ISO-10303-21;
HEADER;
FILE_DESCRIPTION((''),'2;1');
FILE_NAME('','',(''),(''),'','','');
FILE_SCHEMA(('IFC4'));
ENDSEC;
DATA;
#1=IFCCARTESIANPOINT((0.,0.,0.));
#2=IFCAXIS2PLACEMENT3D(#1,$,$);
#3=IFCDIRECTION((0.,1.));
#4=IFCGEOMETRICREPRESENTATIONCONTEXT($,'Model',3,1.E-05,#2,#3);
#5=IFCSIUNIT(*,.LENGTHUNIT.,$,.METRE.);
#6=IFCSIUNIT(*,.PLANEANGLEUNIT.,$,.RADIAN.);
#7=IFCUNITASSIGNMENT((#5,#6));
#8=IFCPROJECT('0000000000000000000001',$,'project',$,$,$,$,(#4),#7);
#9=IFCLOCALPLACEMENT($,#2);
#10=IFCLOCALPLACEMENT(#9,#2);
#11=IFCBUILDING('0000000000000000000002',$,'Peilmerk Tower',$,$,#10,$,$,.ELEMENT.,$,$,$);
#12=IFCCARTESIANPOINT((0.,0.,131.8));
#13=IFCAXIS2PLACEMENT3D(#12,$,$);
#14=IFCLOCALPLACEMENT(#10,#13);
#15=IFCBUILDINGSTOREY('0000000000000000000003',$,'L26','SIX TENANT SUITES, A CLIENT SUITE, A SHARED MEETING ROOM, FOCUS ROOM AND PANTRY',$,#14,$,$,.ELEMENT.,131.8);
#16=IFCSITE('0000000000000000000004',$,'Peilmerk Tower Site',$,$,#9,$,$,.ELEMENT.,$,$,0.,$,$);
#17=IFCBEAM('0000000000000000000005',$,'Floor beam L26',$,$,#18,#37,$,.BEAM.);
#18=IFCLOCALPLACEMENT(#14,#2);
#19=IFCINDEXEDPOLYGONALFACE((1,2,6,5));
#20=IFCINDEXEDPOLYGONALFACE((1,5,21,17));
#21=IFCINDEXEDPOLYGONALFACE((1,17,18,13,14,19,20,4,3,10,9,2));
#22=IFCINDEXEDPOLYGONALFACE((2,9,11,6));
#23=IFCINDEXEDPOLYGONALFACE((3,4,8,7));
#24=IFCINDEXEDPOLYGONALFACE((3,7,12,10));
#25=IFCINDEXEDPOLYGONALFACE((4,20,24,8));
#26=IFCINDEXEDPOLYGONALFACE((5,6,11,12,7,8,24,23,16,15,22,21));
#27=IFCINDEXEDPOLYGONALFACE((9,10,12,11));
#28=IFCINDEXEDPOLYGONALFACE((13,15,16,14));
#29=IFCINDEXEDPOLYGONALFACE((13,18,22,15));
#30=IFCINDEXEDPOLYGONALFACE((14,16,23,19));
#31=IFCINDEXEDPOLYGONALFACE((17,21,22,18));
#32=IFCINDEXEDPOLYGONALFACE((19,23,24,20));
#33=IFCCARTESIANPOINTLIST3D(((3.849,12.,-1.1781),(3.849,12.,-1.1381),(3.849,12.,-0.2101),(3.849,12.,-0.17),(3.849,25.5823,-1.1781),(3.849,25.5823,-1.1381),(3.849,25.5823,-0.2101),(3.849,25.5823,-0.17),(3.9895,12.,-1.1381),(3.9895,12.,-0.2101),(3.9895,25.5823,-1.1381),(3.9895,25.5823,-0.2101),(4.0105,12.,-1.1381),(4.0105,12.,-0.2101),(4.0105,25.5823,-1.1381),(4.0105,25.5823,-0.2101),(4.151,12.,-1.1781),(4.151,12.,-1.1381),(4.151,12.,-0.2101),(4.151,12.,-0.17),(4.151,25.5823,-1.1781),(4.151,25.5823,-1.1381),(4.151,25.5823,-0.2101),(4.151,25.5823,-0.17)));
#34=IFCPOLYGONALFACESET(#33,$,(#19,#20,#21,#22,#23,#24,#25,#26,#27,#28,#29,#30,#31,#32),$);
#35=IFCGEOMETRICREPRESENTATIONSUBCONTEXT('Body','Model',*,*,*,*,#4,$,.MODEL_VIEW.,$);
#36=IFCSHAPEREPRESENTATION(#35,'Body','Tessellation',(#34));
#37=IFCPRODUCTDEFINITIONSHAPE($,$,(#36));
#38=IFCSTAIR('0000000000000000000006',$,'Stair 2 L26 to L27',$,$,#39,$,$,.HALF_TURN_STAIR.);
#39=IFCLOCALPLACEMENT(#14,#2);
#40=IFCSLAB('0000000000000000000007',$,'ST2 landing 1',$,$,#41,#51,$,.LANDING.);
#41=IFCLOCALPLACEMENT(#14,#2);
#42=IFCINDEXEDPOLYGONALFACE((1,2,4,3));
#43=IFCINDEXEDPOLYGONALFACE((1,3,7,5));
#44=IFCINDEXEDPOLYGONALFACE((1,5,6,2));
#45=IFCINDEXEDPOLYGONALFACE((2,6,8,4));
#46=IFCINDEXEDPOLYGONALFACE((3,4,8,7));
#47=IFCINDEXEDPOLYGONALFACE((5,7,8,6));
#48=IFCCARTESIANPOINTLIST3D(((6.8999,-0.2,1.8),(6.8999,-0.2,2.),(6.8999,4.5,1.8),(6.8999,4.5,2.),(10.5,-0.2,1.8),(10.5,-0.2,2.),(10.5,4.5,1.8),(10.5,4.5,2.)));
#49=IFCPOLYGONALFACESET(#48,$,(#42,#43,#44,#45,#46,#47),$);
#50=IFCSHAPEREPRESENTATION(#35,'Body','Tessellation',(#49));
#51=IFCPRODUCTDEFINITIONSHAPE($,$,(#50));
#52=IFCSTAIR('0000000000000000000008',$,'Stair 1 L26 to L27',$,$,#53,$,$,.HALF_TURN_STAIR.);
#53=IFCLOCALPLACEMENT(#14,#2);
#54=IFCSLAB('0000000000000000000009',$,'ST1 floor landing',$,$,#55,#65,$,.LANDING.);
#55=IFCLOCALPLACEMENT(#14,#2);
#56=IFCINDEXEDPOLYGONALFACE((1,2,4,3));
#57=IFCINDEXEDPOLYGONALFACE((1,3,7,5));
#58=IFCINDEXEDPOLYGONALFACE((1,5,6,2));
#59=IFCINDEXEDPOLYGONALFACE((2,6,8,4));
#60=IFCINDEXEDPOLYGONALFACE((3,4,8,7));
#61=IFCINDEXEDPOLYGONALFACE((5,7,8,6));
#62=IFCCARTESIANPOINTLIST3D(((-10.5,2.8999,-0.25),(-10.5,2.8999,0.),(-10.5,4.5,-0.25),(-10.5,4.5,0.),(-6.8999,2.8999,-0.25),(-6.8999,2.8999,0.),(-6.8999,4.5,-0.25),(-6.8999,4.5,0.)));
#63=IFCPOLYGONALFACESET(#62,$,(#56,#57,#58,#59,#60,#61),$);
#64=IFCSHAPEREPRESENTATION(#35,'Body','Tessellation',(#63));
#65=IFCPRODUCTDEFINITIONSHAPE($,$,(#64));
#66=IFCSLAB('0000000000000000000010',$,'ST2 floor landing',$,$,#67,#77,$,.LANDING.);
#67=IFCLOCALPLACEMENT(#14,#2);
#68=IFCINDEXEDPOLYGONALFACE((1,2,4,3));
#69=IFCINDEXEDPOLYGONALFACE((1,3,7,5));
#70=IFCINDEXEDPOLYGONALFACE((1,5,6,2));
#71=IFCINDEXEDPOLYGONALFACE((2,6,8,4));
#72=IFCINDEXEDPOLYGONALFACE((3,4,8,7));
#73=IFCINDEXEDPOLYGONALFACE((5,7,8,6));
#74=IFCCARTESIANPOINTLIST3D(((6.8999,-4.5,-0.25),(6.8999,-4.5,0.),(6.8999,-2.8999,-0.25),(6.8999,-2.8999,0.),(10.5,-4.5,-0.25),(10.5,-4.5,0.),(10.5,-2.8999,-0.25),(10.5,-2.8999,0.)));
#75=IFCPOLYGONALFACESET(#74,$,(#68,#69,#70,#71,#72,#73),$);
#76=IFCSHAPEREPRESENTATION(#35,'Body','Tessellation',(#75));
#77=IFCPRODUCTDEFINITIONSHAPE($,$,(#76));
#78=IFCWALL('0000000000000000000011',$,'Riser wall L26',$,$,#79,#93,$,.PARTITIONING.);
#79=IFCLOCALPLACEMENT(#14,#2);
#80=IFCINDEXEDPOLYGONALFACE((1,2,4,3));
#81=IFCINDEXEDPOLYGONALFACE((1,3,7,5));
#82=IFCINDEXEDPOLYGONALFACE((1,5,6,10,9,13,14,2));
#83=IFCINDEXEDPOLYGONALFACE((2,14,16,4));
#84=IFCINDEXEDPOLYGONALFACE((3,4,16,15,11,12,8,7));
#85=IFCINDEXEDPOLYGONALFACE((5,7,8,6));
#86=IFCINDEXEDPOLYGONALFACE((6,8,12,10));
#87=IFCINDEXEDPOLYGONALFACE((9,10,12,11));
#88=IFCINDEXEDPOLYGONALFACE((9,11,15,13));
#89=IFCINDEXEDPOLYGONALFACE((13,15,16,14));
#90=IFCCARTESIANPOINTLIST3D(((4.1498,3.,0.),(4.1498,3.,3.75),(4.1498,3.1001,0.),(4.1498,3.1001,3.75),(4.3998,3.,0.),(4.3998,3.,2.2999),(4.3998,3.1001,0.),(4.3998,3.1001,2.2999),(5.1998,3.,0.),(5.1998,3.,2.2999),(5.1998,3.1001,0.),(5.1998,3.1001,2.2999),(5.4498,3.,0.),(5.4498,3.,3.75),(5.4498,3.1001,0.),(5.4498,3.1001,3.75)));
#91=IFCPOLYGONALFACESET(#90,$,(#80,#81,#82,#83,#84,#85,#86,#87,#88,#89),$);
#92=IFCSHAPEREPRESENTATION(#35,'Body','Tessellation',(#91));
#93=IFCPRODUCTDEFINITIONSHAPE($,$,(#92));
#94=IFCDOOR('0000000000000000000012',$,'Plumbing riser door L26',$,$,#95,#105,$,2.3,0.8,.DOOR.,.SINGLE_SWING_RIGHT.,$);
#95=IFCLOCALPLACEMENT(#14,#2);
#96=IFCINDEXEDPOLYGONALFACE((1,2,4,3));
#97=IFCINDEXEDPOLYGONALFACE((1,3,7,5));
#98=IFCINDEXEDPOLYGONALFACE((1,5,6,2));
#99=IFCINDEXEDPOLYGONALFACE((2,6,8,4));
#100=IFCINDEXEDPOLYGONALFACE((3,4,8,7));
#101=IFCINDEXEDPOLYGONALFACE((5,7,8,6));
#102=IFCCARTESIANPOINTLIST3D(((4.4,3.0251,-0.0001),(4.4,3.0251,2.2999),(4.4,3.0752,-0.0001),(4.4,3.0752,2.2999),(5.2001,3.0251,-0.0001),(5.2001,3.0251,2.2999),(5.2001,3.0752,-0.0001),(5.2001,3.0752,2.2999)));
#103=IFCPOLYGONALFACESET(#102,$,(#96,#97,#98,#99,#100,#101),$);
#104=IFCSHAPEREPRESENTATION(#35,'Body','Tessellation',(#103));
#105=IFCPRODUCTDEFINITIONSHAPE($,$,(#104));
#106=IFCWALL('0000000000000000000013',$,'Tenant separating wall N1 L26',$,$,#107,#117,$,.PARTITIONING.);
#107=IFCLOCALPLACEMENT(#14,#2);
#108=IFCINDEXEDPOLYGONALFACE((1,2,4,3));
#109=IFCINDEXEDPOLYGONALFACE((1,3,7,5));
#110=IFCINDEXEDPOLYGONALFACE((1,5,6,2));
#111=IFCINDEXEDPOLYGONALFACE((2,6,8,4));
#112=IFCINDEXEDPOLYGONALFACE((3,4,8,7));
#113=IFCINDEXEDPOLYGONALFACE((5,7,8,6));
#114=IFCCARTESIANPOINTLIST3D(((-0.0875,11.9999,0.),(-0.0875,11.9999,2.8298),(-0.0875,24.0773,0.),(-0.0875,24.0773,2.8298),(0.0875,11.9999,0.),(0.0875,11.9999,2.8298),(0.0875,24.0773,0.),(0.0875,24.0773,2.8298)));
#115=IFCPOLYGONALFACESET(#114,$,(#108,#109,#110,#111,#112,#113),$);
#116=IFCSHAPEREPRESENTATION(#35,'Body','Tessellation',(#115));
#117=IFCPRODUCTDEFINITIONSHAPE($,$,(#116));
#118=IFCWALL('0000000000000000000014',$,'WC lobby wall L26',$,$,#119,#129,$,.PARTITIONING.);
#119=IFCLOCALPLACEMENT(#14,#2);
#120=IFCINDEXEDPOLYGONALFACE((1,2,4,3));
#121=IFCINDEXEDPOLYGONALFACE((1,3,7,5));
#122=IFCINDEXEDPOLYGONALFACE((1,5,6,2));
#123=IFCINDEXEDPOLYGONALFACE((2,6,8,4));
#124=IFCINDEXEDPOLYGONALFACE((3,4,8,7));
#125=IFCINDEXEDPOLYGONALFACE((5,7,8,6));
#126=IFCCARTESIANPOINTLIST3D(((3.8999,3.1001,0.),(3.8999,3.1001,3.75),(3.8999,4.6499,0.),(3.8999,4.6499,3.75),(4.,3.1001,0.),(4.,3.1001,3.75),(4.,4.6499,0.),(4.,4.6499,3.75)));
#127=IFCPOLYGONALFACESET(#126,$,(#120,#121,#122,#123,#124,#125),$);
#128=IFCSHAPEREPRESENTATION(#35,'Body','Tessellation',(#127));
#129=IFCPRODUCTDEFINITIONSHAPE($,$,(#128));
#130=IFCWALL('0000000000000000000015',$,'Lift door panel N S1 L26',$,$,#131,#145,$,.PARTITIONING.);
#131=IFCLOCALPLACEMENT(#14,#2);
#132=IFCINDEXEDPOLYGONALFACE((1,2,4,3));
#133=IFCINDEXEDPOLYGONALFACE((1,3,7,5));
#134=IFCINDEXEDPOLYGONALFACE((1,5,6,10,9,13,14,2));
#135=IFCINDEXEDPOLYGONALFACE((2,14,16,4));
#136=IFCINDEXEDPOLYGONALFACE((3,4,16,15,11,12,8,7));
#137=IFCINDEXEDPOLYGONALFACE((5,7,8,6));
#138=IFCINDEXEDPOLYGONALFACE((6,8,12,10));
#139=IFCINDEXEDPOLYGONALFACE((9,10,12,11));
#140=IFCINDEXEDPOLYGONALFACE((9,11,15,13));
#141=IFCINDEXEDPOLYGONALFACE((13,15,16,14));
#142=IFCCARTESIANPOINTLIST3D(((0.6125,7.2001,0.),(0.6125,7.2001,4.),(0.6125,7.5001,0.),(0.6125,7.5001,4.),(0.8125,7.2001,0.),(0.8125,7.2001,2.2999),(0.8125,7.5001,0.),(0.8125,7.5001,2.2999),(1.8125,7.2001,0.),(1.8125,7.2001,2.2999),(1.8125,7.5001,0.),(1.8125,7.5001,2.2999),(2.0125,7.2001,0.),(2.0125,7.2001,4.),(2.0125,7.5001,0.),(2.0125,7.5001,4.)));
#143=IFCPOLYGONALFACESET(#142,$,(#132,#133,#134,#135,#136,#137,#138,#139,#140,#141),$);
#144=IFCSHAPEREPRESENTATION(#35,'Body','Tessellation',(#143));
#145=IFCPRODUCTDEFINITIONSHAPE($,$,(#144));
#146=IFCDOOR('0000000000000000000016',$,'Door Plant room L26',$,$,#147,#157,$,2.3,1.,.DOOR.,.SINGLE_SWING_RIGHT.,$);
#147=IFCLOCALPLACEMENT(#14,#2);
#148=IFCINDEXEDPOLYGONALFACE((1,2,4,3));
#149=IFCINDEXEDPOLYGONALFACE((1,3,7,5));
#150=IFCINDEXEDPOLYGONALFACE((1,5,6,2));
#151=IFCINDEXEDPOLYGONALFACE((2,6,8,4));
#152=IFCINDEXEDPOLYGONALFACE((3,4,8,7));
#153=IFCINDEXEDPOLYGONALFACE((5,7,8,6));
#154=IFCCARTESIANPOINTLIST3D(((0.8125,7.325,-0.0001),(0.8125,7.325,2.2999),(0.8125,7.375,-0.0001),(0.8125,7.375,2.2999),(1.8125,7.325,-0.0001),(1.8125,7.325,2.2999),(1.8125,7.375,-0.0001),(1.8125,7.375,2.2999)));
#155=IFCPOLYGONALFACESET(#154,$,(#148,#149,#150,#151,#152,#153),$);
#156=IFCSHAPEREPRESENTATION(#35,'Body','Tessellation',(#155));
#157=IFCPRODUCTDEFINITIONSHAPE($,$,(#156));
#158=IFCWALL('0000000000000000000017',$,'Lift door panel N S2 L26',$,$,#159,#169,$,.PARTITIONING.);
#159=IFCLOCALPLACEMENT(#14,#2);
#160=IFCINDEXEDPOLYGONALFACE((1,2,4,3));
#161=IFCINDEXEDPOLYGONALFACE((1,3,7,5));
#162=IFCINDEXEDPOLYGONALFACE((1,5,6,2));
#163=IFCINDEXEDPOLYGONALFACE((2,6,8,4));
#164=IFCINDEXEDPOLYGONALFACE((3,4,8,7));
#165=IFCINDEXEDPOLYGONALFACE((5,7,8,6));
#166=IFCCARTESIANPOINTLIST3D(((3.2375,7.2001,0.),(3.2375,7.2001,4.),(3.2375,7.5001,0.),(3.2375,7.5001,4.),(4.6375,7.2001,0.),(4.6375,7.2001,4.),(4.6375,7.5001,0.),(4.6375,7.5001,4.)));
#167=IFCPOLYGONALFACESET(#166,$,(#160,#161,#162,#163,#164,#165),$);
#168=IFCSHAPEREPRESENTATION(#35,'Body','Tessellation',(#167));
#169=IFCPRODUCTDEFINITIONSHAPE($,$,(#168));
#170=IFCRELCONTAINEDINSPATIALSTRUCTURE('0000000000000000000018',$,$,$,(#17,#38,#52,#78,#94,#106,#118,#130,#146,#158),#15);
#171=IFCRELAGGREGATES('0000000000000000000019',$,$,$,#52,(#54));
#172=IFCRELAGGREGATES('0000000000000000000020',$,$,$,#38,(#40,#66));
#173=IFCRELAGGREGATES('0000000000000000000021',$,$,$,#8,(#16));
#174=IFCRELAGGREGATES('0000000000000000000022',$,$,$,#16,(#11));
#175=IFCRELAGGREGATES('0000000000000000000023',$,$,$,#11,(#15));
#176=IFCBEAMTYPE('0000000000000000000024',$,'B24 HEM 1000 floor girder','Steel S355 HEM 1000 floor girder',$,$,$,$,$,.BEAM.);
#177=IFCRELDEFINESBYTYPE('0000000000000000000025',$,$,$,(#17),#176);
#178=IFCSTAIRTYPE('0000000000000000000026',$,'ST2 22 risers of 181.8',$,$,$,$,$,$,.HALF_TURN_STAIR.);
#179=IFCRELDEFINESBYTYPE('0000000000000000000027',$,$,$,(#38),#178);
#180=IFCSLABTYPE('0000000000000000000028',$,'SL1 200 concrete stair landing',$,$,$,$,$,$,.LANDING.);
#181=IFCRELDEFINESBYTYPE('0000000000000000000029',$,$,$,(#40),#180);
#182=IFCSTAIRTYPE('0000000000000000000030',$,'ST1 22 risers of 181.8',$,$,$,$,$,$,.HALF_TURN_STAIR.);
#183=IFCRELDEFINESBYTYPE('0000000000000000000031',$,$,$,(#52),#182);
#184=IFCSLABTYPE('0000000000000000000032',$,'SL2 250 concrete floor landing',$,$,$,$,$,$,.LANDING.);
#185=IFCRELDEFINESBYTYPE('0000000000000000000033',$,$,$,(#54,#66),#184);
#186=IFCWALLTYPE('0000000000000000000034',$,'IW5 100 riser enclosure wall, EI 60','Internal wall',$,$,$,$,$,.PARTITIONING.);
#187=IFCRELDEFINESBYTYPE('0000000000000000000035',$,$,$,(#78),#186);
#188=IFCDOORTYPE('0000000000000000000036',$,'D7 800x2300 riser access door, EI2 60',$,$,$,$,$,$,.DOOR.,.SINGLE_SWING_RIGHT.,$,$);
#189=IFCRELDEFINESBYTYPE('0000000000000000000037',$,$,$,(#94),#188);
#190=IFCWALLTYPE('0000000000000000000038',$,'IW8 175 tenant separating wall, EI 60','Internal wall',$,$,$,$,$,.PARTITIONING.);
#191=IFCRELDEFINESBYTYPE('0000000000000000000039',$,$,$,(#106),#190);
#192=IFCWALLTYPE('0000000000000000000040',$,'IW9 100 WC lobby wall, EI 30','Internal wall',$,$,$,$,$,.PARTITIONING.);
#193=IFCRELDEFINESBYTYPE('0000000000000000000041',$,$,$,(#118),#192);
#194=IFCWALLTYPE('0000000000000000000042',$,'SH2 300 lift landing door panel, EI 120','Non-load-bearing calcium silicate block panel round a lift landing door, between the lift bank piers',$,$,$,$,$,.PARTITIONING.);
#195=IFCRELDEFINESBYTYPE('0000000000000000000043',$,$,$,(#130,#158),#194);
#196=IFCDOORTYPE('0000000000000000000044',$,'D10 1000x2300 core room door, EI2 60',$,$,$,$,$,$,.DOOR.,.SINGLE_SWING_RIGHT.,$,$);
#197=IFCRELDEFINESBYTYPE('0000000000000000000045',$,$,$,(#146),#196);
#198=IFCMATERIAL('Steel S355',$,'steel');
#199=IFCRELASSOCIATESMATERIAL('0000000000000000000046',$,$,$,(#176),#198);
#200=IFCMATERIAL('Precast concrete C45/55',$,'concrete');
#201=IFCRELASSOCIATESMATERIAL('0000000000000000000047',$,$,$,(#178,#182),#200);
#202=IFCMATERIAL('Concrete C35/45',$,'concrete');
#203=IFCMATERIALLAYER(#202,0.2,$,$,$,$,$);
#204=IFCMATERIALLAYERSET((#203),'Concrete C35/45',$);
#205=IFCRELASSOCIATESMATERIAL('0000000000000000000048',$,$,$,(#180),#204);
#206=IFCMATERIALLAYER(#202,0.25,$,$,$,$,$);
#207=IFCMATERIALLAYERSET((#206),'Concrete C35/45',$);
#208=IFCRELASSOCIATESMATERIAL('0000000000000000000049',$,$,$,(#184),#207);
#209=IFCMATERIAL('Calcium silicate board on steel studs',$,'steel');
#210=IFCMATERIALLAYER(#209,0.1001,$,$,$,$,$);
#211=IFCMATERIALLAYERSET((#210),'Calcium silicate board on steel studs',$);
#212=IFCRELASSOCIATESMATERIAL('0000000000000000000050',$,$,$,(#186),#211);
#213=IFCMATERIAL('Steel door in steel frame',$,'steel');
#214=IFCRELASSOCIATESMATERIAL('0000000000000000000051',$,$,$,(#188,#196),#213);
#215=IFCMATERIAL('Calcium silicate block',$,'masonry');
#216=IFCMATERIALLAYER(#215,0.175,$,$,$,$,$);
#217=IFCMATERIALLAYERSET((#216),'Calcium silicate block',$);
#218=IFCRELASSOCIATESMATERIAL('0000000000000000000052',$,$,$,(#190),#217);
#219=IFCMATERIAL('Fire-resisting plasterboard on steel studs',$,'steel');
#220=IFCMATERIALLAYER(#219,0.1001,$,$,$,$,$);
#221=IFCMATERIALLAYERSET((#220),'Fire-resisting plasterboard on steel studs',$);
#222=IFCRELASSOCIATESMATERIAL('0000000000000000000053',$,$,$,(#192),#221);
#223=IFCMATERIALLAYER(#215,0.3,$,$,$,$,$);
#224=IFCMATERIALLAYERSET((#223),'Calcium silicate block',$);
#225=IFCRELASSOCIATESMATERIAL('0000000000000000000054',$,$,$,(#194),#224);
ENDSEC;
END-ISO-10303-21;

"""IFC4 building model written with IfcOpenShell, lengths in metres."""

from ifc_helpers import new_model, si_unit, direction, frame, frame_2d, origin, origin_2d, place, context, subcontext, project, spatial, polyline, rectangle, i_section, outline, extrude, material, layer, layer_set, material_profile, profile_set, type_object, element, fill, aggregate, save


model = new_model("IFC4")

# Units and contexts
model_context = context("Model", 3, precision=1e-05, world=origin(), true_north=direction((0.0, 1.0)))
body_context = subcontext(model_context, "Body", "Model", "MODEL_VIEW")
ifc_project = project(units=[si_unit("LENGTHUNIT", "METRE"), si_unit("PLANEANGLEUNIT", "RADIAN")], contexts=[model_context])

# Site, building, storey
site_placement = place(None, origin())
site = spatial("IfcSite", under=ifc_project, at=site_placement, Name="Peilmerk Tower Site", CompositionType="ELEMENT", RefElevation=0.0)
building_placement = place(site_placement, origin())
building = spatial("IfcBuilding", under=site, at=building_placement, Name="Peilmerk Tower", CompositionType="ELEMENT")
storey_placement = place(building_placement, frame((0.0, 0.0, 131.8)))
storey = spatial("IfcBuildingStorey", under=building, at=storey_placement, Name="L26", Description="SIX TENANT SUITES, A CLIENT SUITE, A SHARED MEETING ROOM, FOCUS ROOM AND PANTRY", CompositionType="ELEMENT", Elevation=131.8)

# Beam
ifc_material_1 = material(Name="Steel S355", Category="steel")
ifc_material_profile = material_profile(ifc_material_1, i_section(OverallWidth=0.302, OverallDepth=1.0081, WebThickness=0.021, FlangeThickness=0.04, at=origin_2d()), Name="HEM 1000")
ifc_profile_set = profile_set([ifc_material_profile], Name="Steel S355")
beam_type = type_object("IfcBeamType", Name="B24 HEM 1000 floor girder", Description="Steel S355 HEM 1000 floor girder", PredefinedType="BEAM", material=ifc_profile_set)
beam_placement = place(storey_placement, frame((4.0, 12.0, -0.6741), z_axis=(0.0, 1.0, 0.0), x_axis=(-1.0, 0.0, 0.0)))
element("IfcBeam", 1, at=beam_placement, inside=storey, type_object=beam_type, Name="Floor beam L26", PredefinedType="BEAM", context=body_context, shape_type="SweptSolid", body=[
    extrude(i_section(OverallWidth=0.302, OverallDepth=1.0081, WebThickness=0.021, FlangeThickness=0.04, at=origin_2d()), origin(), (0.0, 0.0, 1.0), 13.5823),
])

# Stairs, slabs
ifc_material_2 = material(Name="Precast concrete C45/55", Category="concrete")
stair_type_1 = type_object("IfcStairType", Name="ST2 22 risers of 181.8", PredefinedType="HALF_TURN_STAIR", material=ifc_material_2)
stair_1_placement = place(storey_placement, origin())
stair_1 = element("IfcStair", 2, at=stair_1_placement, inside=storey, type_object=stair_type_1, Name="Stair 2 L26 to L27", PredefinedType="HALF_TURN_STAIR")
ifc_material_3 = material(Name="Concrete C35/45", Category="concrete")
ifc_layer_1 = layer(ifc_material_3, 0.2)
ifc_layer_set_1 = layer_set([ifc_layer_1], Name="Concrete C35/45")
slab_type_1 = type_object("IfcSlabType", Name="SL1 200 concrete stair landing", PredefinedType="LANDING", material=ifc_layer_set_1)
slab_1_placement = place(storey_placement, frame((0.0, 0.0, 1.8)))
slab_1 = element("IfcSlab", 3, at=slab_1_placement, type_object=slab_type_1, Name="ST2 landing 1", PredefinedType="LANDING", context=body_context, shape_type="SweptSolid", body=[
    extrude(outline(polyline([(6.8999, -0.2), (10.5, -0.2), (10.5, 4.5), (6.8999, 4.5), (6.8999, -0.2)])), origin(), (0.0, 0.0, 1.0), 0.2),
])
stair_type_2 = type_object("IfcStairType", Name="ST1 22 risers of 181.8", PredefinedType="HALF_TURN_STAIR", material=ifc_material_2)
stair_2_placement = place(storey_placement, origin())
stair_2 = element("IfcStair", 4, at=stair_2_placement, inside=storey, type_object=stair_type_2, Name="Stair 1 L26 to L27", PredefinedType="HALF_TURN_STAIR")
ifc_layer_2 = layer(ifc_material_3, 0.25)
ifc_layer_set_2 = layer_set([ifc_layer_2], Name="Concrete C35/45")
slab_type_2 = type_object("IfcSlabType", Name="SL2 250 concrete floor landing", PredefinedType="LANDING", material=ifc_layer_set_2)
slab_2_placement = place(storey_placement, frame((0.0, 0.0, -0.25)))
slab_2 = element("IfcSlab", 5, at=slab_2_placement, type_object=slab_type_2, Name="ST1 floor landing", PredefinedType="LANDING", context=body_context, shape_type="SweptSolid", body=[
    extrude(outline(polyline([(-10.5, 2.8999), (-6.8999, 2.8999), (-6.8999, 4.5), (-10.5, 4.5), (-10.5, 2.8999)])), origin(), (0.0, 0.0, 1.0), 0.25),
])
aggregate(stair_2, [slab_2])

# Slab
slab_3_placement = place(storey_placement, frame((0.0, 0.0, -0.25)))
slab_3 = element("IfcSlab", 6, at=slab_3_placement, type_object=slab_type_2, Name="ST2 floor landing", PredefinedType="LANDING", context=body_context, shape_type="SweptSolid", body=[
    extrude(outline(polyline([(6.8999, -4.5), (10.5, -4.5), (10.5, -2.8999), (6.8999, -2.8999), (6.8999, -4.5)])), origin(), (0.0, 0.0, 1.0), 0.25),
])
aggregate(stair_1, [slab_1, slab_3])

# Wall, opening, door
ifc_material_4 = material(Name="Calcium silicate board on steel studs", Category="steel")
ifc_layer_3 = layer(ifc_material_4, 0.1001)
ifc_layer_set_3 = layer_set([ifc_layer_3], Name="Calcium silicate board on steel studs")
wall_type_1 = type_object("IfcWallType", Name="IW5 100 riser enclosure wall, EI 60", Description="Internal wall", PredefinedType="PARTITIONING", material=ifc_layer_set_3)
wall_1_placement = place(storey_placement, frame((4.1499, 3.05, 0.0), z_axis=(0.0, 0.0, 1.0), x_axis=(1.0, 0.0, 0.0)))
wall_1 = element("IfcWall", 7, at=wall_1_placement, inside=storey, type_object=wall_type_1, Name="Riser wall L26", PredefinedType="PARTITIONING", context=body_context, shape_type="SweptSolid", body=[
    extrude(rectangle(XDim=1.3, YDim=0.1001, at=frame_2d((0.6499, 0.0))), origin(), (0.0, 0.0, 1.0), 3.75),
])
opening_1_placement = place(wall_1_placement, frame((0.25, 0.0, 0.0)))
opening_1 = element("IfcOpeningElement", 8, at=opening_1_placement, cuts=wall_1, PredefinedType="OPENING", context=body_context, shape_type="SweptSolid", body=[
    extrude(rectangle(XDim=0.8, YDim=2.3, at=frame_2d((0.3999, 1.1499))), frame((0.0, 0.0601, 0.0), z_axis=(0.0, -1.0, 0.0), x_axis=(1.0, 0.0, 0.0)), (0.0, 0.0, 1.0), 0.1201),
])
ifc_material_5 = material(Name="Steel door in steel frame", Category="steel")
door_type_1 = type_object("IfcDoorType", Name="D7 800x2300 riser access door, EI2 60", OperationType="SINGLE_SWING_RIGHT", PredefinedType="DOOR", material=ifc_material_5)
door_1_placement = place(opening_1_placement, frame((0.8, 0.0, 0.0), z_axis=(0.0, 0.0, 1.0), x_axis=(-1.0, 0.0, 0.0)))
door_1 = element("IfcDoor", 9, at=door_1_placement, inside=storey, type_object=door_type_1, Name="Plumbing riser door L26", OperationType="SINGLE_SWING_RIGHT", OverallHeight=2.3, OverallWidth=0.8, PredefinedType="DOOR", context=body_context, shape_type="SweptSolid", body=[
    extrude(rectangle(XDim=0.8, YDim=2.3, at=frame_2d((0.3999, 1.1499))), frame((0.0, 0.0249, 0.0), z_axis=(0.0, -1.0, 0.0), x_axis=(1.0, 0.0, 0.0)), (0.0, 0.0, 1.0), 0.05),
])
fill(opening_1, door_1)

# Walls
ifc_material_6 = material(Name="Calcium silicate block", Category="masonry")
ifc_layer_4 = layer(ifc_material_6, 0.175)
ifc_layer_set_4 = layer_set([ifc_layer_4], Name="Calcium silicate block")
wall_type_2 = type_object("IfcWallType", Name="IW8 175 tenant separating wall, EI 60", Description="Internal wall", PredefinedType="PARTITIONING", material=ifc_layer_set_4)
wall_2_placement = place(storey_placement, frame((0.0, 12.0, 0.0), z_axis=(0.0, 0.0, 1.0), x_axis=(0.0, 1.0, 0.0)))
element("IfcWall", 10, at=wall_2_placement, inside=storey, type_object=wall_type_2, Name="Tenant separating wall N1 L26", PredefinedType="PARTITIONING", context=body_context, shape_type="SweptSolid", body=[
    extrude(rectangle(XDim=12.0774, YDim=0.175, at=frame_2d((6.0386, 0.0))), origin(), (0.0, 0.0, 1.0), 2.8298),
])
ifc_material_7 = material(Name="Fire-resisting plasterboard on steel studs", Category="steel")
ifc_layer_5 = layer(ifc_material_7, 0.1001)
ifc_layer_set_5 = layer_set([ifc_layer_5], Name="Fire-resisting plasterboard on steel studs")
wall_type_3 = type_object("IfcWallType", Name="IW9 100 WC lobby wall, EI 30", Description="Internal wall", PredefinedType="PARTITIONING", material=ifc_layer_set_5)
wall_3_placement = place(storey_placement, frame((3.95, 3.1001, 0.0), z_axis=(0.0, 0.0, 1.0), x_axis=(0.0, 1.0, 0.0)))
element("IfcWall", 11, at=wall_3_placement, inside=storey, type_object=wall_type_3, Name="WC lobby wall L26", PredefinedType="PARTITIONING", context=body_context, shape_type="SweptSolid", body=[
    extrude(rectangle(XDim=1.5498, YDim=0.1001, at=frame_2d((0.7749, 0.0))), origin(), (0.0, 0.0, 1.0), 3.75),
])

# Wall, opening, door
ifc_layer_6 = layer(ifc_material_6, 0.3)
ifc_layer_set_6 = layer_set([ifc_layer_6], Name="Calcium silicate block")
wall_type_4 = type_object("IfcWallType", Name="SH2 300 lift landing door panel, EI 120", Description="Non-load-bearing calcium silicate block panel round a lift landing door, between the lift bank piers", PredefinedType="PARTITIONING", material=ifc_layer_set_6)
wall_4_placement = place(storey_placement, frame((0.6125, 7.3501, 0.0), z_axis=(0.0, 0.0, 1.0), x_axis=(1.0, 0.0, 0.0)))
wall_4 = element("IfcWall", 12, at=wall_4_placement, inside=storey, type_object=wall_type_4, Name="Lift door panel N S1 L26", PredefinedType="PARTITIONING", context=body_context, shape_type="SweptSolid", body=[
    extrude(rectangle(XDim=1.3999, YDim=0.3, at=frame_2d((0.7, 0.0))), origin(), (0.0, 0.0, 1.0), 4.0),
])
opening_2_placement = place(wall_4_placement, frame((0.2, 0.0, 0.0)))
opening_2 = element("IfcOpeningElement", 13, at=opening_2_placement, cuts=wall_4, PredefinedType="OPENING", context=body_context, shape_type="SweptSolid", body=[
    extrude(rectangle(XDim=1.0, YDim=2.3, at=frame_2d((0.5, 1.1499))), frame((0.0, 0.1599, 0.0), z_axis=(0.0, -1.0, 0.0), x_axis=(1.0, 0.0, 0.0)), (0.0, 0.0, 1.0), 0.3201),
])
door_type_2 = type_object("IfcDoorType", Name="D10 1000x2300 core room door, EI2 60", OperationType="SINGLE_SWING_RIGHT", PredefinedType="DOOR", material=ifc_material_5)
door_2_placement = place(opening_2_placement, origin())
door_2 = element("IfcDoor", 14, at=door_2_placement, inside=storey, type_object=door_type_2, Name="Door Plant room L26", OperationType="SINGLE_SWING_RIGHT", OverallHeight=2.3, OverallWidth=1.0, PredefinedType="DOOR", context=body_context, shape_type="SweptSolid", body=[
    extrude(rectangle(XDim=1.0, YDim=2.3, at=frame_2d((0.5, 1.1499))), frame((0.0, 0.0249, 0.0), z_axis=(0.0, -1.0, 0.0), x_axis=(1.0, 0.0, 0.0)), (0.0, 0.0, 1.0), 0.05),
])
fill(opening_2, door_2)

# Wall
wall_5_placement = place(storey_placement, frame((3.2375, 7.3501, 0.0), z_axis=(0.0, 0.0, 1.0), x_axis=(1.0, 0.0, 0.0)))
element("IfcWall", 15, at=wall_5_placement, inside=storey, type_object=wall_type_4, Name="Lift door panel N S2 L26", PredefinedType="PARTITIONING", context=body_context, shape_type="SweptSolid", body=[
    extrude(rectangle(XDim=1.3999, YDim=0.3, at=frame_2d((0.7, 0.0))), origin(), (0.0, 0.0, 1.0), 4.0),
])

save(model, "model.ifc")
